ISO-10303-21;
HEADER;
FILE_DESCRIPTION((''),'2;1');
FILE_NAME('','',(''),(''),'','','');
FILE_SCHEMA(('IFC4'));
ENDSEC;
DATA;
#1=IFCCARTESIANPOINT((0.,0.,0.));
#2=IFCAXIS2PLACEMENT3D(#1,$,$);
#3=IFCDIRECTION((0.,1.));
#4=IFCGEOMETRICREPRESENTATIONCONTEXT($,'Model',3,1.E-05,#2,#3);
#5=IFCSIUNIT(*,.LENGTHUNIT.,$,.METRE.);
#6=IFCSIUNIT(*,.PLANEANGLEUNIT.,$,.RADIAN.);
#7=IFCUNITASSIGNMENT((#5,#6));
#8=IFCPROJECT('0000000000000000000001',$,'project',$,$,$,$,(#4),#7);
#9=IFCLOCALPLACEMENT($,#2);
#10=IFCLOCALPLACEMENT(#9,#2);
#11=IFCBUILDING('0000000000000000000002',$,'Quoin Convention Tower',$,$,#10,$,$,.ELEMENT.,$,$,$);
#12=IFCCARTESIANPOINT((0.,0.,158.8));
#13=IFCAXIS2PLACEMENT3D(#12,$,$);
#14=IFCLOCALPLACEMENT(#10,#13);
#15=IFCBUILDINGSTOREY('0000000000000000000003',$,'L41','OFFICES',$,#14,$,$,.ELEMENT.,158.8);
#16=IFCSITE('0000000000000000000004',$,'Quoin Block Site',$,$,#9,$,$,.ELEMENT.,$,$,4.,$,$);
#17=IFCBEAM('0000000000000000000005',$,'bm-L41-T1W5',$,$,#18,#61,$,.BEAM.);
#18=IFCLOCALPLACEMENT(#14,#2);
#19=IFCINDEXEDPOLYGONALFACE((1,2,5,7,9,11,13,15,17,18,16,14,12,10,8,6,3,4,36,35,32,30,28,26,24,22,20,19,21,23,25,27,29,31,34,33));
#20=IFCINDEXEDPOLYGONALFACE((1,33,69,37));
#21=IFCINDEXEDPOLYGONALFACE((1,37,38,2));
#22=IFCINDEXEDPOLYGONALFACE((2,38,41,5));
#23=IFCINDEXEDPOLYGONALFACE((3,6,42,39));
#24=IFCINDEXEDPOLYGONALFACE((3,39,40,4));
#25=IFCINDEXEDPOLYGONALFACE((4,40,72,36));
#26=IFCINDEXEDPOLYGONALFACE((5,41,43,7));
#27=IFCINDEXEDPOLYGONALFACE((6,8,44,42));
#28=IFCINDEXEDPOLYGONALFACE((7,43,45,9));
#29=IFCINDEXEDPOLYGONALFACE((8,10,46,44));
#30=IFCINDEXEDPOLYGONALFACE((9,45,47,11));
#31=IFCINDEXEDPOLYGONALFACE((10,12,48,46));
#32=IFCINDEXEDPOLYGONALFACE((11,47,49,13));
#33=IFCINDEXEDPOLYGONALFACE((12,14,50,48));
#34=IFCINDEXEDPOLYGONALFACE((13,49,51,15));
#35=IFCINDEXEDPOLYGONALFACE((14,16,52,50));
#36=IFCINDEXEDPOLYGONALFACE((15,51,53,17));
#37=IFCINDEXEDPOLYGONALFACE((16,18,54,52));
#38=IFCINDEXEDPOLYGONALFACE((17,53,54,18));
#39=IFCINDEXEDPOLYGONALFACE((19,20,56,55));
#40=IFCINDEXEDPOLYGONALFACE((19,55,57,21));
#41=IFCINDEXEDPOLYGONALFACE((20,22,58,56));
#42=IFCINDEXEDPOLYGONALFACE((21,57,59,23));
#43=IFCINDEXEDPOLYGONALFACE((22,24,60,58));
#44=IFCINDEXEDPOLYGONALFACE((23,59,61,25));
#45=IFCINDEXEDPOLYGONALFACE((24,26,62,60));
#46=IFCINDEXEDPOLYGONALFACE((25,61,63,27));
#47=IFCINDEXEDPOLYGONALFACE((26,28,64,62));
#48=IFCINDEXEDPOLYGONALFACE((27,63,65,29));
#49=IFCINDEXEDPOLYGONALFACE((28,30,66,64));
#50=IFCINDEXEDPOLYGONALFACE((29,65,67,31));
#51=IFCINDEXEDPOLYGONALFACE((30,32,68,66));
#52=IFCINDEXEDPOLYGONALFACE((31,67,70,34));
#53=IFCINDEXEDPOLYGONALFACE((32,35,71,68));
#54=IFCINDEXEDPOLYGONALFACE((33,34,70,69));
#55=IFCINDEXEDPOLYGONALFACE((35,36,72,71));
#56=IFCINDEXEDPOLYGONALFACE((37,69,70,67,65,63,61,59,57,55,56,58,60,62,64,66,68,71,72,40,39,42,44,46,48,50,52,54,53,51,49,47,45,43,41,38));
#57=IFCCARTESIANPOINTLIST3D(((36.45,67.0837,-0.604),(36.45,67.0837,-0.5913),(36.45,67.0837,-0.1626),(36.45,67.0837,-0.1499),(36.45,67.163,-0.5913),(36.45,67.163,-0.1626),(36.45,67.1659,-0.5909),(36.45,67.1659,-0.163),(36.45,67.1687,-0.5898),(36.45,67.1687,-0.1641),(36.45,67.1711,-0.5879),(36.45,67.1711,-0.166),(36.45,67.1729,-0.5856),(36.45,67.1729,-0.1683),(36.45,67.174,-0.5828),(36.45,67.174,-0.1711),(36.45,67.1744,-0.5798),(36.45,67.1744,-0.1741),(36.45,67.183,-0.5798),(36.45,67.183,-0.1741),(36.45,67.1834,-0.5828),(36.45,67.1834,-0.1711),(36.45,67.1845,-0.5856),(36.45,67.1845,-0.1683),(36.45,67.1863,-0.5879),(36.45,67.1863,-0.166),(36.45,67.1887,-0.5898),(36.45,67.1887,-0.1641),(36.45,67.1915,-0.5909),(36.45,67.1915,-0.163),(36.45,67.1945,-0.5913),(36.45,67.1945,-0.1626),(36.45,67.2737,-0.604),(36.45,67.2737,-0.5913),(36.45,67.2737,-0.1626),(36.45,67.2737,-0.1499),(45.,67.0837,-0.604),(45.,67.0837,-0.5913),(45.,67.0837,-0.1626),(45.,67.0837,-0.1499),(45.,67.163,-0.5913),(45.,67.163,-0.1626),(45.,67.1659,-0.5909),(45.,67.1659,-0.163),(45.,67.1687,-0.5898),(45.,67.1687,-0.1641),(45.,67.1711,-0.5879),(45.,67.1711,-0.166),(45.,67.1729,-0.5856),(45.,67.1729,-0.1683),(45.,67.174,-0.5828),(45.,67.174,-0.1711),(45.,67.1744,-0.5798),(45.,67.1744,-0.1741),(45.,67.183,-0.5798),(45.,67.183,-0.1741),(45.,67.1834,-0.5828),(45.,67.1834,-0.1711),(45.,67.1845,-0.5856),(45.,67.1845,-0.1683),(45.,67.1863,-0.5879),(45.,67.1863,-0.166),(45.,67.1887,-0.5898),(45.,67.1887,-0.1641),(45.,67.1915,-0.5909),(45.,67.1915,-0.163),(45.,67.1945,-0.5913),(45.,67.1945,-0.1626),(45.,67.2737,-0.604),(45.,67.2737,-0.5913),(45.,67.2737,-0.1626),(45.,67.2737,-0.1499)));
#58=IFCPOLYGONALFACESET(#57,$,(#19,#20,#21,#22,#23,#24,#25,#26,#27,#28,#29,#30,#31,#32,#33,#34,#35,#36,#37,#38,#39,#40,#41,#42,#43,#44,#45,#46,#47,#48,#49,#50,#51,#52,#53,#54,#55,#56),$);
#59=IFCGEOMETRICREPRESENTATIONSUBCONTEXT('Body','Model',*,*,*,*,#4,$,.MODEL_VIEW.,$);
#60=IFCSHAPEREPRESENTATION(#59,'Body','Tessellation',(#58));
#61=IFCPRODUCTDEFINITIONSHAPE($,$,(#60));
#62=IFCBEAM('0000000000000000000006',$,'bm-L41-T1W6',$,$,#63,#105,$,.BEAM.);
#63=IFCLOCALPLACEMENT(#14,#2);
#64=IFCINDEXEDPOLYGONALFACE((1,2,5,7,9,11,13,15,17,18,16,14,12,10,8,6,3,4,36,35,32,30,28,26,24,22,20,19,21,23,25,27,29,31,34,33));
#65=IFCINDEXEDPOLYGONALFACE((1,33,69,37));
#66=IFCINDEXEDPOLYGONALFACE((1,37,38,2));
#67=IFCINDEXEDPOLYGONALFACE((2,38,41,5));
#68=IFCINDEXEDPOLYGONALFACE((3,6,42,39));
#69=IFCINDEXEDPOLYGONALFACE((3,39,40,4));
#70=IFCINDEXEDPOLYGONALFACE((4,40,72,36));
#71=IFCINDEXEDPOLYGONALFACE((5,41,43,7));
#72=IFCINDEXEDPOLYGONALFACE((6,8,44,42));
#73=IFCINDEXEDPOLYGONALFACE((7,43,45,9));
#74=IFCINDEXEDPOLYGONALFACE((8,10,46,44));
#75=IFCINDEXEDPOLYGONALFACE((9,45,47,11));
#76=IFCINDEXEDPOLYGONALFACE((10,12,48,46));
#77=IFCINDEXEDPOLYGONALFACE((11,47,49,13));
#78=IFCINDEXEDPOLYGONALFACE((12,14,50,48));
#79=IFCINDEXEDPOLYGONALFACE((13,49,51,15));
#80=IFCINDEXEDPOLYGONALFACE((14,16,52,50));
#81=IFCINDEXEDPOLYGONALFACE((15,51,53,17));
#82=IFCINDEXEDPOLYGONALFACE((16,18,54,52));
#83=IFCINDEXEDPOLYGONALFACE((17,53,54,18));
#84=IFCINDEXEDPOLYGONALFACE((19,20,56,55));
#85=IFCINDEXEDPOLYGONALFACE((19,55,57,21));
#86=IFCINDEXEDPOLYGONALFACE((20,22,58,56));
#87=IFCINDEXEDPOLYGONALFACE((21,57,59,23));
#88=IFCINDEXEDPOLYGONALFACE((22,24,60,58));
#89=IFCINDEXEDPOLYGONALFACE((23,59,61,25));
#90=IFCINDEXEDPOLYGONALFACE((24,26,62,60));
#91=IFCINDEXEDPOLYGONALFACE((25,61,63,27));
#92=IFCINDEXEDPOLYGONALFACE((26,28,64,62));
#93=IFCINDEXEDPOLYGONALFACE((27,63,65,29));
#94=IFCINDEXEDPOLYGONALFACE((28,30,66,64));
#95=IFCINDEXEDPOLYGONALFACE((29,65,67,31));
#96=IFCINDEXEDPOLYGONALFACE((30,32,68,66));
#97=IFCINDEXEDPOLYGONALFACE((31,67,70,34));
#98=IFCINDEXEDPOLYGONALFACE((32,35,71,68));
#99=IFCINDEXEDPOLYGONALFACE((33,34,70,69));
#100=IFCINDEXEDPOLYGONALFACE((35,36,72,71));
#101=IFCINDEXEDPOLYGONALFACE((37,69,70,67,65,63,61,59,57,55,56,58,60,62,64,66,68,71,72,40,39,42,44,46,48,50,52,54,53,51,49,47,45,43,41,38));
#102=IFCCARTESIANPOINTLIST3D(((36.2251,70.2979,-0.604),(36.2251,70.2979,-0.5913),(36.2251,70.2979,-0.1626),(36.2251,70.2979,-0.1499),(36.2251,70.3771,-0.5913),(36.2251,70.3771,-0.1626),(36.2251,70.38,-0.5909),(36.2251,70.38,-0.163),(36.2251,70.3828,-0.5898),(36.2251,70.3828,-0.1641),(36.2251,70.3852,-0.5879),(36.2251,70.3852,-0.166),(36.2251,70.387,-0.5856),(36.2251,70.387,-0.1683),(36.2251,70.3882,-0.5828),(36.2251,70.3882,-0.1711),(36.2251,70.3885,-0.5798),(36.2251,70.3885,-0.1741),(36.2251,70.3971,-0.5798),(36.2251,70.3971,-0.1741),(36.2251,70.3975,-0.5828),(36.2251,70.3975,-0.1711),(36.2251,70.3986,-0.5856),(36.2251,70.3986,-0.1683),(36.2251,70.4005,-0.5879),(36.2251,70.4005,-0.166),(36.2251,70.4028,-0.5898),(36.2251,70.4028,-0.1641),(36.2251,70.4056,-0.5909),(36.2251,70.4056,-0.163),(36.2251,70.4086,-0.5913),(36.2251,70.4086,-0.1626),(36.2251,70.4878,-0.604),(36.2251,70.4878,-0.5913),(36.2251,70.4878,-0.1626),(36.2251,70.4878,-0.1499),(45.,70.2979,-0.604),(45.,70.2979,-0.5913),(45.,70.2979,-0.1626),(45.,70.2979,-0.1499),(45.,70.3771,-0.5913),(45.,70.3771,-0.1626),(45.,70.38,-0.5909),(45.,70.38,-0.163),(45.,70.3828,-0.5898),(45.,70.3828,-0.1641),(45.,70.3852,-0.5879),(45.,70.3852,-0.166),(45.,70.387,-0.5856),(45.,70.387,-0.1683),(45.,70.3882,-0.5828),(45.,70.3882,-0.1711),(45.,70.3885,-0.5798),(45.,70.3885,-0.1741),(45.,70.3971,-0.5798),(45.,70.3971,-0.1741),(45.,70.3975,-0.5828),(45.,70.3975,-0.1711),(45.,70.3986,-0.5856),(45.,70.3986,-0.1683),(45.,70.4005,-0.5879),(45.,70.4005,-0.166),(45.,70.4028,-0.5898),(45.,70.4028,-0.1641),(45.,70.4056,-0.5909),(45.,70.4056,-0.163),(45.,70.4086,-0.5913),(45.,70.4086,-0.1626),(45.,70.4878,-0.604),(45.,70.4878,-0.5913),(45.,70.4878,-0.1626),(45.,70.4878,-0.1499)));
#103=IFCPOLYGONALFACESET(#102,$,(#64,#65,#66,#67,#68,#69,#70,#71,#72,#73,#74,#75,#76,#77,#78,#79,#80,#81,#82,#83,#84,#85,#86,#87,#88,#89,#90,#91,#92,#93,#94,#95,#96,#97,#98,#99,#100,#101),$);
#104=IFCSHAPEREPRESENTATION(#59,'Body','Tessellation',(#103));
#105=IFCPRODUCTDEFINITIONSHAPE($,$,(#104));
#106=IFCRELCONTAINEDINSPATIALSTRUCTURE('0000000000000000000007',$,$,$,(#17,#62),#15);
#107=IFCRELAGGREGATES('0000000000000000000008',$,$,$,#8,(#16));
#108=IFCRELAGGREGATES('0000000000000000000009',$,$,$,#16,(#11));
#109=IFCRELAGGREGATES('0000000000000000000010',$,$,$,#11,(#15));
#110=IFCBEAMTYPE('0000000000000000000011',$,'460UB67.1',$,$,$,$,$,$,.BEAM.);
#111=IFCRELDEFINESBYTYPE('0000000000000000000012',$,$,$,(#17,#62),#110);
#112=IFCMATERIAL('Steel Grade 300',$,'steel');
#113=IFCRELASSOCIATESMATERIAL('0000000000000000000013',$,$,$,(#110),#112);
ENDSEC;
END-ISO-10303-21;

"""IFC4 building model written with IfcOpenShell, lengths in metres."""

from ifc_helpers import new_model, si_unit, direction, frame, origin, origin_2d, place, context, subcontext, project, spatial, i_section, extrude, material, material_profile, profile_set, type_object, element, save


model = new_model("IFC4")

# Units and contexts
model_context = context("Model", 3, precision=1e-05, world=origin(), true_north=direction((0.0, 1.0)))
body_context = subcontext(model_context, "Body", "Model", "MODEL_VIEW")
ifc_project = project(units=[si_unit("LENGTHUNIT", "METRE"), si_unit("PLANEANGLEUNIT", "RADIAN")], contexts=[model_context])

# Site, building, storey
site_placement = place(None, origin())
site = spatial("IfcSite", under=ifc_project, at=site_placement, Name="Quoin Block Site", CompositionType="ELEMENT", RefElevation=4.0)
building_placement = place(site_placement, origin())
building = spatial("IfcBuilding", under=site, at=building_placement, Name="Quoin Convention Tower", CompositionType="ELEMENT")
storey_placement = place(building_placement, frame((0.0, 0.0, 158.8)))
storey = spatial("IfcBuildingStorey", under=building, at=storey_placement, Name="L41", Description="OFFICES", CompositionType="ELEMENT", Elevation=158.8)

# Beams
ifc_material_1 = material(Name="Steel Grade 300", Category="steel")
ifc_material_profile = material_profile(ifc_material_1, i_section(OverallWidth=0.1899, OverallDepth=0.4541, WebThickness=0.0085, FlangeThickness=0.0127, FilletRadius=0.0115, at=origin_2d()), Name="460UB67.1")
ifc_profile_set = profile_set([ifc_material_profile], Name="Steel Grade 300")
beam_type = type_object("IfcBeamType", Name="460UB67.1", PredefinedType="BEAM", material=ifc_profile_set)
beam_1_placement = place(storey_placement, frame((36.45, 67.1787, -0.377), z_axis=(1.0, 0.0, 0.0), x_axis=(0.0, 1.0, 0.0)))
element("IfcBeam", 1, at=beam_1_placement, inside=storey, type_object=beam_type, Name="bm-L41-T1W5", PredefinedType="BEAM", context=body_context, shape_type="SweptSolid", body=[
    extrude(i_section(OverallWidth=0.1899, OverallDepth=0.4541, WebThickness=0.0085, FlangeThickness=0.0127, FilletRadius=0.0115, at=origin_2d()), origin(), (0.0, 0.0, 1.0), 8.55),
])
beam_2_placement = place(storey_placement, frame((36.2251, 70.3928, -0.377), z_axis=(1.0, 0.0, 0.0), x_axis=(0.0, 1.0, 0.0)))
element("IfcBeam", 2, at=beam_2_placement, inside=storey, type_object=beam_type, Name="bm-L41-T1W6", PredefinedType="BEAM", context=body_context, shape_type="SweptSolid", body=[
    extrude(i_section(OverallWidth=0.1899, OverallDepth=0.4541, WebThickness=0.0085, FlangeThickness=0.0127, FilletRadius=0.0115, at=origin_2d()), origin(), (0.0, 0.0, 1.0), 8.7749),
])

save(model, "model.ifc")
